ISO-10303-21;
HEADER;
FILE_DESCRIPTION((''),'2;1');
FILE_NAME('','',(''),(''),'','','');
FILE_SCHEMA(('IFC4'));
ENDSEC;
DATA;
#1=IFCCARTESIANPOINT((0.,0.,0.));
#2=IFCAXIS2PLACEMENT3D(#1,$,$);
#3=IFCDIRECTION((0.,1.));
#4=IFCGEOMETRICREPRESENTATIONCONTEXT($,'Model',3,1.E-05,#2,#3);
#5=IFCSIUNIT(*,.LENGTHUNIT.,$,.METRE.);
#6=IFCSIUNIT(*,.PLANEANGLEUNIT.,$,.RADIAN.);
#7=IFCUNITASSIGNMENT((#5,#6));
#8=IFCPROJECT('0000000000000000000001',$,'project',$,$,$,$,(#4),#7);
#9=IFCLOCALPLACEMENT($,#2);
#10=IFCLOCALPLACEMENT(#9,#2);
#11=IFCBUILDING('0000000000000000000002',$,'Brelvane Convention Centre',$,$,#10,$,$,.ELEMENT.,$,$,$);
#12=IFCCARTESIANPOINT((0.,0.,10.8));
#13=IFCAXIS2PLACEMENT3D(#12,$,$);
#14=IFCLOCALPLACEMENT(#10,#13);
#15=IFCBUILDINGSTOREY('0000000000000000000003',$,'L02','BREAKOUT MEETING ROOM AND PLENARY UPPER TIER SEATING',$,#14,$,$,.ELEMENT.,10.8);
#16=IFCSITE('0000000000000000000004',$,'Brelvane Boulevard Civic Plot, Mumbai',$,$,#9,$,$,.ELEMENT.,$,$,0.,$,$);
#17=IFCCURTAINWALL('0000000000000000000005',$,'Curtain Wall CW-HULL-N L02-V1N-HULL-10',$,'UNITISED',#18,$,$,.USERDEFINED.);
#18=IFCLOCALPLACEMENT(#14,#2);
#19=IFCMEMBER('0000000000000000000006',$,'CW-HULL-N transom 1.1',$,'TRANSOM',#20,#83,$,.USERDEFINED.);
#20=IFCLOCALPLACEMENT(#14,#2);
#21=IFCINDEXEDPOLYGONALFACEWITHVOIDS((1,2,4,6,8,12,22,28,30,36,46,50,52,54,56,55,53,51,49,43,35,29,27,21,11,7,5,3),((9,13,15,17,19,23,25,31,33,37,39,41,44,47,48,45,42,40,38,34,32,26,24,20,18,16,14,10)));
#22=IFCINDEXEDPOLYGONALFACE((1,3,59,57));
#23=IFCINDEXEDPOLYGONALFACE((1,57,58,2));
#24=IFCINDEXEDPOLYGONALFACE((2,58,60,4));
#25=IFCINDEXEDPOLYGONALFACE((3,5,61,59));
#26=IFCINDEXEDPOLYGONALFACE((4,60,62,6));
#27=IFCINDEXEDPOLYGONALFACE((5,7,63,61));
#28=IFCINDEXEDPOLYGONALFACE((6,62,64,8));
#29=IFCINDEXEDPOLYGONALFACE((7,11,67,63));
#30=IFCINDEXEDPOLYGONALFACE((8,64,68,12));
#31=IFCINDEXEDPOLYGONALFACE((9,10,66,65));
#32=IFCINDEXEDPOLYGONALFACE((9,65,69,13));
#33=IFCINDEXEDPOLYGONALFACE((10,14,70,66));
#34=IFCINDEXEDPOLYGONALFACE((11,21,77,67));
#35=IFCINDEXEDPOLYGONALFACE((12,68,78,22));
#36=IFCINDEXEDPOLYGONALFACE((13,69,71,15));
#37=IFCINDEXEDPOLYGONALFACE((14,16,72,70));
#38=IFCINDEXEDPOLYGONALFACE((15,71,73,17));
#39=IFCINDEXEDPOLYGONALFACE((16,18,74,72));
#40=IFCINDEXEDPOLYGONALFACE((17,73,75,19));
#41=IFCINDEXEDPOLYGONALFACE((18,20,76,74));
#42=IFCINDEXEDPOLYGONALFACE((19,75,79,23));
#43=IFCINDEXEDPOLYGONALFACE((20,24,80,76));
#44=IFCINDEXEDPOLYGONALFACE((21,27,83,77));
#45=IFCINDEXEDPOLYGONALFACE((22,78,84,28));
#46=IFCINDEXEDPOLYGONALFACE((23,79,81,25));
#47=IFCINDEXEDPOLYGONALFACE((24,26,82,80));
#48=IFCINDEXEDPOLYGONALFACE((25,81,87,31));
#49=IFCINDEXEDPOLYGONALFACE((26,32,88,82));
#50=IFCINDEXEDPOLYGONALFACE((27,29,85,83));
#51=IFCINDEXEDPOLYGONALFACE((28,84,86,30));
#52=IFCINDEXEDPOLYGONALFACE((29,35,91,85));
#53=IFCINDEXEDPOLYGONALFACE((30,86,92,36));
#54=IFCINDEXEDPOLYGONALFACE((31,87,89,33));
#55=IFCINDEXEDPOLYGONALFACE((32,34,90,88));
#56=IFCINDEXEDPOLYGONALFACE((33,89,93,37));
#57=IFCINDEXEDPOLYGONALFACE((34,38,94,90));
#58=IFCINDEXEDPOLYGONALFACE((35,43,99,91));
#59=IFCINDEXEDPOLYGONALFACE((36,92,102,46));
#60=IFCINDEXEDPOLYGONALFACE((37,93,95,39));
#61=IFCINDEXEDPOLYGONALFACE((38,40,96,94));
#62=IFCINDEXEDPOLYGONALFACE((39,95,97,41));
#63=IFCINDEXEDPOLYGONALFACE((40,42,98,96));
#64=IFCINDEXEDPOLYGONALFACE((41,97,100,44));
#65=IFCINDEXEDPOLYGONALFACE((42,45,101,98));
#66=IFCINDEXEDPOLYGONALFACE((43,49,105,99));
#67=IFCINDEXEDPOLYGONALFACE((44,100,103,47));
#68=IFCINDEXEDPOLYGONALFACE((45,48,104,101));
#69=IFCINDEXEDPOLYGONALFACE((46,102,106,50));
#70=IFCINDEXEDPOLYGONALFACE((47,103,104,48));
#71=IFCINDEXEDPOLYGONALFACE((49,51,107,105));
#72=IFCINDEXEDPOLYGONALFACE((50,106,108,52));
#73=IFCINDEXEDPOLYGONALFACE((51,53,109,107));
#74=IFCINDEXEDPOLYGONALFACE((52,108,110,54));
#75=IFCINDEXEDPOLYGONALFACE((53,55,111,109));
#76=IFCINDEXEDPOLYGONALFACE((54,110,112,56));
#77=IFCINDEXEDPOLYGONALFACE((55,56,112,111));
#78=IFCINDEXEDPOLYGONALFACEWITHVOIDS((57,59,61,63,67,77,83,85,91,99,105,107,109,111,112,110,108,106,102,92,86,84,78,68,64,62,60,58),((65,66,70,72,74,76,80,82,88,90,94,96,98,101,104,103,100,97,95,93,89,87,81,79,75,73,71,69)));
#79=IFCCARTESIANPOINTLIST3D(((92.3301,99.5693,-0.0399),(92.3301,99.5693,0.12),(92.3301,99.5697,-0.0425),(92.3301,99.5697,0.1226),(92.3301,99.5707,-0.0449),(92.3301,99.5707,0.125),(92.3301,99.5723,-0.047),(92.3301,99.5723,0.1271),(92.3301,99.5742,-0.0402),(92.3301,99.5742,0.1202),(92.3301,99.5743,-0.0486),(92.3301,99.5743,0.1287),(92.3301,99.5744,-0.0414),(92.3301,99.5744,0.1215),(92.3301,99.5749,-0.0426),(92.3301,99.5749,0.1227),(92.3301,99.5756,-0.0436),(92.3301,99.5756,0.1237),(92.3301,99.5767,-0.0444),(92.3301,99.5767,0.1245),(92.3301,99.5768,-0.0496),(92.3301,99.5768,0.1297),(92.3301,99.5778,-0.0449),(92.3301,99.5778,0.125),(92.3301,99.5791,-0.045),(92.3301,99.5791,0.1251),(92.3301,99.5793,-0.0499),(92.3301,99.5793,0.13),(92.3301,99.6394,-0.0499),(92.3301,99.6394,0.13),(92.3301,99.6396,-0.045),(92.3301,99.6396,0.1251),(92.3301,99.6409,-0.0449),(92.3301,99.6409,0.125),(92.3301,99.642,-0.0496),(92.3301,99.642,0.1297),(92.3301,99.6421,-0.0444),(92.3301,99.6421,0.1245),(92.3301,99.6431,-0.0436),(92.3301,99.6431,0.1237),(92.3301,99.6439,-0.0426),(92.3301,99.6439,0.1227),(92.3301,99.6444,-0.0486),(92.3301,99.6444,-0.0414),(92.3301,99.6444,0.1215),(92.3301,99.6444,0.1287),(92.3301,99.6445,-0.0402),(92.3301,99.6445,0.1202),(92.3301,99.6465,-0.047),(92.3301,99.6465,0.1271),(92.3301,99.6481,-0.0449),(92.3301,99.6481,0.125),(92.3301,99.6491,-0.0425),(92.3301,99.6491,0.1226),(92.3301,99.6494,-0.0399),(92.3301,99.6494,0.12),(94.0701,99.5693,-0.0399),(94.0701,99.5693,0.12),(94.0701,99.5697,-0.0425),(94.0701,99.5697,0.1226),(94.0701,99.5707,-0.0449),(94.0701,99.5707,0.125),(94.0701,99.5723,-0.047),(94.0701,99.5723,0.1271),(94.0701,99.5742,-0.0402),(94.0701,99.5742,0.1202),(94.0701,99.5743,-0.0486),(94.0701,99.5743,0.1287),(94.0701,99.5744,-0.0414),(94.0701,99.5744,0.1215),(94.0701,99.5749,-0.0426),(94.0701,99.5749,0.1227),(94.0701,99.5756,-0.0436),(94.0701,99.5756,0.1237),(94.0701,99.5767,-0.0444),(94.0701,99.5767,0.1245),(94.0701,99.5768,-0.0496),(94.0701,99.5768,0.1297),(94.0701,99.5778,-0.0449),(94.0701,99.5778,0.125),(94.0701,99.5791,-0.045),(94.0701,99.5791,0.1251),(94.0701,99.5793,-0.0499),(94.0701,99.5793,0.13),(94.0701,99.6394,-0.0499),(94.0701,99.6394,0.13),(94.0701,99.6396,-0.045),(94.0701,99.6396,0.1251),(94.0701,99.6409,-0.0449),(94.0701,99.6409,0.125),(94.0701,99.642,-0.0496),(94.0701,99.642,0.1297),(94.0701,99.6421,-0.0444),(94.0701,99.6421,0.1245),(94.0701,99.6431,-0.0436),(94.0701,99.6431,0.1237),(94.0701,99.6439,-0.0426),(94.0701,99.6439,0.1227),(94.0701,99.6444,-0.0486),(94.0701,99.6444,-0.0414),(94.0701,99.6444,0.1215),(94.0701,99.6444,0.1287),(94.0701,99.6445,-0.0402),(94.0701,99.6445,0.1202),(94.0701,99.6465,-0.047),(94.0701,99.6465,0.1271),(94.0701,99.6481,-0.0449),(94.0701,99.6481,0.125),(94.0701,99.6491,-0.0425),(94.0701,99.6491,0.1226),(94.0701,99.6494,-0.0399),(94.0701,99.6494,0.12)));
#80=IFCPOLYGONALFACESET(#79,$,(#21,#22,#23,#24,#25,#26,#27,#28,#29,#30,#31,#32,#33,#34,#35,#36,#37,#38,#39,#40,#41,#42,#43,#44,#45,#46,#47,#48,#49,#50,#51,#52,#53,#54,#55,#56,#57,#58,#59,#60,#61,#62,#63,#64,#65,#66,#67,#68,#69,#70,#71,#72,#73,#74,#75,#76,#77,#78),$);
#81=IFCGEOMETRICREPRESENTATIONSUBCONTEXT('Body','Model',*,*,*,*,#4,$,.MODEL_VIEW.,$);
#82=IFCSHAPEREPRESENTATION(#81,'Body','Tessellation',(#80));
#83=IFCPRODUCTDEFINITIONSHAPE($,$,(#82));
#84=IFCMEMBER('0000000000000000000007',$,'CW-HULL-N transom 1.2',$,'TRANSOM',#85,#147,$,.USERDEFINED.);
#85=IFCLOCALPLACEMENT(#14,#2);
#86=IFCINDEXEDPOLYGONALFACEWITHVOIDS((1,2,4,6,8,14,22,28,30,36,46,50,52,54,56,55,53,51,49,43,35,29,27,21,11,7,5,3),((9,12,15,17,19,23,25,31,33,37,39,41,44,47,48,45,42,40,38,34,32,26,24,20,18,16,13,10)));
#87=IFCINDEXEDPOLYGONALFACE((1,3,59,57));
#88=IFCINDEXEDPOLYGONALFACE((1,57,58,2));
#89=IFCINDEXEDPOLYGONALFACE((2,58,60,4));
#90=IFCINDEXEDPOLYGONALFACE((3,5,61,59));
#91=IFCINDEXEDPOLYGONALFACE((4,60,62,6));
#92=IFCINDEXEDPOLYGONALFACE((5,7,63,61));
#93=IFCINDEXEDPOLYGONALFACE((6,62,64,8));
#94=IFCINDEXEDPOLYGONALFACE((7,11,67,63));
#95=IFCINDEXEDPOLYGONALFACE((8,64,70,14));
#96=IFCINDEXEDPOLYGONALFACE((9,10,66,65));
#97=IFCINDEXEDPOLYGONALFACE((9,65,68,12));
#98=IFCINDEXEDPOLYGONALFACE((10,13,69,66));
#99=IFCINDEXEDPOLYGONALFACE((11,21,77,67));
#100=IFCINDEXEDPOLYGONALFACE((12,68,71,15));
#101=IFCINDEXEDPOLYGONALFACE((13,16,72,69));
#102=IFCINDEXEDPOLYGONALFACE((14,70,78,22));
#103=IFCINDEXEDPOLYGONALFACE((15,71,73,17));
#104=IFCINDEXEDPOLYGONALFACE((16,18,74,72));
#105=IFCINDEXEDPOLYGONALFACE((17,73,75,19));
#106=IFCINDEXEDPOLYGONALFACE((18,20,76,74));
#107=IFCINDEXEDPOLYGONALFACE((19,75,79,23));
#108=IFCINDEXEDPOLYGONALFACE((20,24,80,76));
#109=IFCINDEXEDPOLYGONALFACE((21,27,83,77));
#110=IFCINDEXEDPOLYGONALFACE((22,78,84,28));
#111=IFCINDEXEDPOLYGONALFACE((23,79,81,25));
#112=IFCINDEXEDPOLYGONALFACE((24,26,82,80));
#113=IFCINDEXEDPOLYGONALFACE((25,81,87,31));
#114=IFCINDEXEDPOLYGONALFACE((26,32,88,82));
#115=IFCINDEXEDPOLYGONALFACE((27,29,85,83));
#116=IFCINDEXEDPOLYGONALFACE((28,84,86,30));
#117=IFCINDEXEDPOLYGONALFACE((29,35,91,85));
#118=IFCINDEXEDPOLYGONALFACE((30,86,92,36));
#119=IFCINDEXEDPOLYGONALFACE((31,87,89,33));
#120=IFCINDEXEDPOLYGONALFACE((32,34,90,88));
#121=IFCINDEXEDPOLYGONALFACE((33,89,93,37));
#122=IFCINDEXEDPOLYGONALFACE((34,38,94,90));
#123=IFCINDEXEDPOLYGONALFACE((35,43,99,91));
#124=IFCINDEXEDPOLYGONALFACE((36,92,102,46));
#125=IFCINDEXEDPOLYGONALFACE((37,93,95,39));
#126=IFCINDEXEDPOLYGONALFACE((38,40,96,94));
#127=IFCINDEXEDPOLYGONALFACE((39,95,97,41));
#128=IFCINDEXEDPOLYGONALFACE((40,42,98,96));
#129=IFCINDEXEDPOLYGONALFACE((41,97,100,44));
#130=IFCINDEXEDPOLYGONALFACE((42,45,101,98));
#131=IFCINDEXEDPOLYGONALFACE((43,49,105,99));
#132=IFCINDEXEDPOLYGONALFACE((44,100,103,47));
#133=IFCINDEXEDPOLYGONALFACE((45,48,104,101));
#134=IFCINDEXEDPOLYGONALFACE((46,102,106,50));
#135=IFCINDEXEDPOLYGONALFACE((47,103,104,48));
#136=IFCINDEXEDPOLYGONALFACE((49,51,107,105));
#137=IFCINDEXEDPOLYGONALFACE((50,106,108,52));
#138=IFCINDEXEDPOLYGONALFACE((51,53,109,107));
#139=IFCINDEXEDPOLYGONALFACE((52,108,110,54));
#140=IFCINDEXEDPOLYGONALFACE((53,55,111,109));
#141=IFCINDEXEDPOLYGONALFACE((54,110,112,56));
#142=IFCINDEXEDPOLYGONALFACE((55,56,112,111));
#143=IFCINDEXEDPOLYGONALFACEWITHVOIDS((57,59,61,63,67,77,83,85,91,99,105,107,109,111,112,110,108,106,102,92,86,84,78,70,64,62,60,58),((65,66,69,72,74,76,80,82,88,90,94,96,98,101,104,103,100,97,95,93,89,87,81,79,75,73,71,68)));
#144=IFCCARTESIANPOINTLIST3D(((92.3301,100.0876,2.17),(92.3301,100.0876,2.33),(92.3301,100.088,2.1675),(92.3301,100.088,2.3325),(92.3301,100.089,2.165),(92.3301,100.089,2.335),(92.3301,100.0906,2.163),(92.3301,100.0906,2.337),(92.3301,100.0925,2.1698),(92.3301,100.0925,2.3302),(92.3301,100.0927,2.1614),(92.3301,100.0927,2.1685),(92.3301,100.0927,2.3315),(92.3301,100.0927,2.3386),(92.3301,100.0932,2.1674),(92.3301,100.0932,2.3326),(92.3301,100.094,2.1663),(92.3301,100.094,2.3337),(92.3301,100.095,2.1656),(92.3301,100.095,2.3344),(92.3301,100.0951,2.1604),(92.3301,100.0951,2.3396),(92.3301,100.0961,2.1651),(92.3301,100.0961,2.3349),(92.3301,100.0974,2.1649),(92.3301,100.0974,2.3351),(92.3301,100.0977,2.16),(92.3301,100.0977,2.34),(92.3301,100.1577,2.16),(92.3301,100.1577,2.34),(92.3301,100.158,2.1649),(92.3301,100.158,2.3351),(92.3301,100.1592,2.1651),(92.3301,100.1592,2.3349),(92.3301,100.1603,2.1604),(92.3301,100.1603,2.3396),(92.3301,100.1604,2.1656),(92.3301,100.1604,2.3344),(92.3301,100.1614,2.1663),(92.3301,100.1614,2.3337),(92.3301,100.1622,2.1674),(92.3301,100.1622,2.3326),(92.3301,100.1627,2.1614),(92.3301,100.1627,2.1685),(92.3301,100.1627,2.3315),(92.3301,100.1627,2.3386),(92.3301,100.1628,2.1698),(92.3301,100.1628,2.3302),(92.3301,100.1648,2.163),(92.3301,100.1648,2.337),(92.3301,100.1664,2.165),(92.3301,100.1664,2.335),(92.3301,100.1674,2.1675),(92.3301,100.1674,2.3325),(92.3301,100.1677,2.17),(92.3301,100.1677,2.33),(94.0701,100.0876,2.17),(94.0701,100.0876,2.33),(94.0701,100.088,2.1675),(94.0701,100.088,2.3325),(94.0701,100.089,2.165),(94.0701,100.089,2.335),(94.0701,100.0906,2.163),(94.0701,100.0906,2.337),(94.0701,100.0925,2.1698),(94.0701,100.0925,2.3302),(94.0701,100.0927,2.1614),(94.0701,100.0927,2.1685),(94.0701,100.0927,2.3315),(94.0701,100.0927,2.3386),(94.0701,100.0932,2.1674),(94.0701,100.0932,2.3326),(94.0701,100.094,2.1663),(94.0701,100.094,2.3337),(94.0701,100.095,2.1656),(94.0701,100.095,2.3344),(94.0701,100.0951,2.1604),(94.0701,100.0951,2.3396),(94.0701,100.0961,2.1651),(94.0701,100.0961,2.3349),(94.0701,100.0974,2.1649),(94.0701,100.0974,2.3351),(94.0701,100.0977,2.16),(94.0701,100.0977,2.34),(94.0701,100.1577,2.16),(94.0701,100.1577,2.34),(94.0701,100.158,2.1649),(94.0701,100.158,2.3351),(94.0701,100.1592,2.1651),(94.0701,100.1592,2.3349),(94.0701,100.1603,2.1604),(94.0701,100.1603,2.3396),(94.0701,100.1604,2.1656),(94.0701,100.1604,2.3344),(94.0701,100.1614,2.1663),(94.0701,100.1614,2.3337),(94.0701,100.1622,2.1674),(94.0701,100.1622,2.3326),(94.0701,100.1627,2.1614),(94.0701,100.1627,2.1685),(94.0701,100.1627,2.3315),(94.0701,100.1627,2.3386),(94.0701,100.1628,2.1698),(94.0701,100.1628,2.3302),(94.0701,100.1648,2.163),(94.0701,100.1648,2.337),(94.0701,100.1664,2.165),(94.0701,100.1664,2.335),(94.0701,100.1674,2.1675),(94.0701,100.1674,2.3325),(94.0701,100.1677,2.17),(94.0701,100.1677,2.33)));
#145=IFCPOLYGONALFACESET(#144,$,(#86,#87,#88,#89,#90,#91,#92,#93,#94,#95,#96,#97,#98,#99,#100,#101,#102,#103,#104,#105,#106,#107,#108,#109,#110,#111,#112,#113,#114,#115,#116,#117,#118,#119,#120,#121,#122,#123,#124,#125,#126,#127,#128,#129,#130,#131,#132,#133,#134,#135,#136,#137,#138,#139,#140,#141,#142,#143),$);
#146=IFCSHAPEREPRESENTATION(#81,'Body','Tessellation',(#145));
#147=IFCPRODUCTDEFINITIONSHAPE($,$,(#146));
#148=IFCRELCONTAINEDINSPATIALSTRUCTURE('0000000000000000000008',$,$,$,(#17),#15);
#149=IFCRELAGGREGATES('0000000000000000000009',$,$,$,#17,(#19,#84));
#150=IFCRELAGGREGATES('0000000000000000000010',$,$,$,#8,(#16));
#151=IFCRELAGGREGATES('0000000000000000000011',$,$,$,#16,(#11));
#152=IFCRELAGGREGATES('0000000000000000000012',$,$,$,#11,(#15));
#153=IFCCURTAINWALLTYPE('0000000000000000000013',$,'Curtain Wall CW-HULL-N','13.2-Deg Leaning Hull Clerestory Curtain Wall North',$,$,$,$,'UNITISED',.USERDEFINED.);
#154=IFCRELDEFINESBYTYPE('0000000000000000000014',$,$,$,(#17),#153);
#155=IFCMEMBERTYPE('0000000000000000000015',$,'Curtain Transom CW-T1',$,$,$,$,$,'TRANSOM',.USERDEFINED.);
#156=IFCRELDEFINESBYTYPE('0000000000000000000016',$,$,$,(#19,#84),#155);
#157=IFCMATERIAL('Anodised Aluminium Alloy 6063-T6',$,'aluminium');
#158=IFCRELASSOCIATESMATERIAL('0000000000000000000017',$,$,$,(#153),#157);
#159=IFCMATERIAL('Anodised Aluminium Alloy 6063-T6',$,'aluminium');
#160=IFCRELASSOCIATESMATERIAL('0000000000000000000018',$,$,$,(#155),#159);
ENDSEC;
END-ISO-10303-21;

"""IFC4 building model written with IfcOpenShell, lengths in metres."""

from ifc_helpers import new_model, si_unit, direction, frame, origin, origin_2d, place, context, subcontext, project, spatial, hollow_rectangle, extrude, material, material_profile, profile_set, type_object, element, aggregate, save


model = new_model("IFC4")

# Units and contexts
model_context = context("Model", 3, precision=1e-05, world=origin(), true_north=direction((0.0, 1.0)))
body_context = subcontext(model_context, "Body", "Model", "MODEL_VIEW")
ifc_project = project(units=[si_unit("LENGTHUNIT", "METRE"), si_unit("PLANEANGLEUNIT", "RADIAN")], contexts=[model_context])

# Site, building, storey
site_placement = place(None, origin())
site = spatial("IfcSite", under=ifc_project, at=site_placement, Name="Brelvane Boulevard Civic Plot, Mumbai", CompositionType="ELEMENT", RefElevation=0.0)
building_placement = place(site_placement, origin())
building = spatial("IfcBuilding", under=site, at=building_placement, Name="Brelvane Convention Centre", CompositionType="ELEMENT")
storey_placement = place(building_placement, frame((0.0, 0.0, 10.8)))
storey = spatial("IfcBuildingStorey", under=building, at=storey_placement, Name="L02", Description="BREAKOUT MEETING ROOM AND PLENARY UPPER TIER SEATING", CompositionType="ELEMENT", Elevation=10.8)

# Curtain wall, members
ifc_material_1 = material(Name="Anodised Aluminium Alloy 6063-T6", Category="aluminium")
curtain_wall_type = type_object("IfcCurtainWallType", Name="Curtain Wall CW-HULL-N", Description="13.2-Deg Leaning Hull Clerestory Curtain Wall North", ElementType="UNITISED", PredefinedType="USERDEFINED", material=ifc_material_1)
curtain_wall_placement = place(storey_placement, origin())
curtain_wall = element("IfcCurtainWall", 1, at=curtain_wall_placement, inside=storey, type_object=curtain_wall_type, Name="Curtain Wall CW-HULL-N L02-V1N-HULL-10", ObjectType="UNITISED", PredefinedType="USERDEFINED")
ifc_material_2 = material(Name="Anodised Aluminium Alloy 6063-T6", Category="aluminium")
ifc_material_profile_1 = material_profile(ifc_material_2, hollow_rectangle(XDim=0.0801, YDim=0.1799, WallThickness=0.0049, InnerFilletRadius=0.0049, OuterFilletRadius=0.01, at=origin_2d()), Name="ALU-T 180x80x5.0")
ifc_profile_set_1 = profile_set([ifc_material_profile_1], Name="Anodised Aluminium Alloy 6063-T6")
member_type_1 = type_object("IfcMemberType", Name="Curtain Transom CW-T1", ElementType="TRANSOM", PredefinedType="USERDEFINED", material=ifc_profile_set_1)
member_1_placement = place(storey_placement, frame((92.3301, 99.6094, 0.04), z_axis=(1.0, 0.0, 0.0), x_axis=(0.0, 1.0, 0.0)))
member_1 = element("IfcMember", 2, at=member_1_placement, type_object=member_type_1, Name="CW-HULL-N transom 1.1", ObjectType="TRANSOM", PredefinedType="USERDEFINED", context=body_context, shape_type="SweptSolid", body=[
    extrude(hollow_rectangle(XDim=0.0801, YDim=0.1799, WallThickness=0.0049, InnerFilletRadius=0.0049, OuterFilletRadius=0.01, at=origin_2d()), origin(), (0.0, 0.0, 1.0), 1.74),
])
member_2_placement = place(storey_placement, frame((92.3301, 100.1277, 2.25), z_axis=(1.0, 0.0, 0.0), x_axis=(0.0, 1.0, 0.0)))
member_2 = element("IfcMember", 3, at=member_2_placement, type_object=member_type_1, Name="CW-HULL-N transom 1.2", ObjectType="TRANSOM", PredefinedType="USERDEFINED", context=body_context, shape_type="SweptSolid", body=[
    extrude(hollow_rectangle(XDim=0.0801, YDim=0.1799, WallThickness=0.0049, InnerFilletRadius=0.0049, OuterFilletRadius=0.01, at=origin_2d()), origin(), (0.0, 0.0, 1.0), 1.74),
])

aggregate(curtain_wall, [member_1, member_2])

save(model, "model.ifc")
